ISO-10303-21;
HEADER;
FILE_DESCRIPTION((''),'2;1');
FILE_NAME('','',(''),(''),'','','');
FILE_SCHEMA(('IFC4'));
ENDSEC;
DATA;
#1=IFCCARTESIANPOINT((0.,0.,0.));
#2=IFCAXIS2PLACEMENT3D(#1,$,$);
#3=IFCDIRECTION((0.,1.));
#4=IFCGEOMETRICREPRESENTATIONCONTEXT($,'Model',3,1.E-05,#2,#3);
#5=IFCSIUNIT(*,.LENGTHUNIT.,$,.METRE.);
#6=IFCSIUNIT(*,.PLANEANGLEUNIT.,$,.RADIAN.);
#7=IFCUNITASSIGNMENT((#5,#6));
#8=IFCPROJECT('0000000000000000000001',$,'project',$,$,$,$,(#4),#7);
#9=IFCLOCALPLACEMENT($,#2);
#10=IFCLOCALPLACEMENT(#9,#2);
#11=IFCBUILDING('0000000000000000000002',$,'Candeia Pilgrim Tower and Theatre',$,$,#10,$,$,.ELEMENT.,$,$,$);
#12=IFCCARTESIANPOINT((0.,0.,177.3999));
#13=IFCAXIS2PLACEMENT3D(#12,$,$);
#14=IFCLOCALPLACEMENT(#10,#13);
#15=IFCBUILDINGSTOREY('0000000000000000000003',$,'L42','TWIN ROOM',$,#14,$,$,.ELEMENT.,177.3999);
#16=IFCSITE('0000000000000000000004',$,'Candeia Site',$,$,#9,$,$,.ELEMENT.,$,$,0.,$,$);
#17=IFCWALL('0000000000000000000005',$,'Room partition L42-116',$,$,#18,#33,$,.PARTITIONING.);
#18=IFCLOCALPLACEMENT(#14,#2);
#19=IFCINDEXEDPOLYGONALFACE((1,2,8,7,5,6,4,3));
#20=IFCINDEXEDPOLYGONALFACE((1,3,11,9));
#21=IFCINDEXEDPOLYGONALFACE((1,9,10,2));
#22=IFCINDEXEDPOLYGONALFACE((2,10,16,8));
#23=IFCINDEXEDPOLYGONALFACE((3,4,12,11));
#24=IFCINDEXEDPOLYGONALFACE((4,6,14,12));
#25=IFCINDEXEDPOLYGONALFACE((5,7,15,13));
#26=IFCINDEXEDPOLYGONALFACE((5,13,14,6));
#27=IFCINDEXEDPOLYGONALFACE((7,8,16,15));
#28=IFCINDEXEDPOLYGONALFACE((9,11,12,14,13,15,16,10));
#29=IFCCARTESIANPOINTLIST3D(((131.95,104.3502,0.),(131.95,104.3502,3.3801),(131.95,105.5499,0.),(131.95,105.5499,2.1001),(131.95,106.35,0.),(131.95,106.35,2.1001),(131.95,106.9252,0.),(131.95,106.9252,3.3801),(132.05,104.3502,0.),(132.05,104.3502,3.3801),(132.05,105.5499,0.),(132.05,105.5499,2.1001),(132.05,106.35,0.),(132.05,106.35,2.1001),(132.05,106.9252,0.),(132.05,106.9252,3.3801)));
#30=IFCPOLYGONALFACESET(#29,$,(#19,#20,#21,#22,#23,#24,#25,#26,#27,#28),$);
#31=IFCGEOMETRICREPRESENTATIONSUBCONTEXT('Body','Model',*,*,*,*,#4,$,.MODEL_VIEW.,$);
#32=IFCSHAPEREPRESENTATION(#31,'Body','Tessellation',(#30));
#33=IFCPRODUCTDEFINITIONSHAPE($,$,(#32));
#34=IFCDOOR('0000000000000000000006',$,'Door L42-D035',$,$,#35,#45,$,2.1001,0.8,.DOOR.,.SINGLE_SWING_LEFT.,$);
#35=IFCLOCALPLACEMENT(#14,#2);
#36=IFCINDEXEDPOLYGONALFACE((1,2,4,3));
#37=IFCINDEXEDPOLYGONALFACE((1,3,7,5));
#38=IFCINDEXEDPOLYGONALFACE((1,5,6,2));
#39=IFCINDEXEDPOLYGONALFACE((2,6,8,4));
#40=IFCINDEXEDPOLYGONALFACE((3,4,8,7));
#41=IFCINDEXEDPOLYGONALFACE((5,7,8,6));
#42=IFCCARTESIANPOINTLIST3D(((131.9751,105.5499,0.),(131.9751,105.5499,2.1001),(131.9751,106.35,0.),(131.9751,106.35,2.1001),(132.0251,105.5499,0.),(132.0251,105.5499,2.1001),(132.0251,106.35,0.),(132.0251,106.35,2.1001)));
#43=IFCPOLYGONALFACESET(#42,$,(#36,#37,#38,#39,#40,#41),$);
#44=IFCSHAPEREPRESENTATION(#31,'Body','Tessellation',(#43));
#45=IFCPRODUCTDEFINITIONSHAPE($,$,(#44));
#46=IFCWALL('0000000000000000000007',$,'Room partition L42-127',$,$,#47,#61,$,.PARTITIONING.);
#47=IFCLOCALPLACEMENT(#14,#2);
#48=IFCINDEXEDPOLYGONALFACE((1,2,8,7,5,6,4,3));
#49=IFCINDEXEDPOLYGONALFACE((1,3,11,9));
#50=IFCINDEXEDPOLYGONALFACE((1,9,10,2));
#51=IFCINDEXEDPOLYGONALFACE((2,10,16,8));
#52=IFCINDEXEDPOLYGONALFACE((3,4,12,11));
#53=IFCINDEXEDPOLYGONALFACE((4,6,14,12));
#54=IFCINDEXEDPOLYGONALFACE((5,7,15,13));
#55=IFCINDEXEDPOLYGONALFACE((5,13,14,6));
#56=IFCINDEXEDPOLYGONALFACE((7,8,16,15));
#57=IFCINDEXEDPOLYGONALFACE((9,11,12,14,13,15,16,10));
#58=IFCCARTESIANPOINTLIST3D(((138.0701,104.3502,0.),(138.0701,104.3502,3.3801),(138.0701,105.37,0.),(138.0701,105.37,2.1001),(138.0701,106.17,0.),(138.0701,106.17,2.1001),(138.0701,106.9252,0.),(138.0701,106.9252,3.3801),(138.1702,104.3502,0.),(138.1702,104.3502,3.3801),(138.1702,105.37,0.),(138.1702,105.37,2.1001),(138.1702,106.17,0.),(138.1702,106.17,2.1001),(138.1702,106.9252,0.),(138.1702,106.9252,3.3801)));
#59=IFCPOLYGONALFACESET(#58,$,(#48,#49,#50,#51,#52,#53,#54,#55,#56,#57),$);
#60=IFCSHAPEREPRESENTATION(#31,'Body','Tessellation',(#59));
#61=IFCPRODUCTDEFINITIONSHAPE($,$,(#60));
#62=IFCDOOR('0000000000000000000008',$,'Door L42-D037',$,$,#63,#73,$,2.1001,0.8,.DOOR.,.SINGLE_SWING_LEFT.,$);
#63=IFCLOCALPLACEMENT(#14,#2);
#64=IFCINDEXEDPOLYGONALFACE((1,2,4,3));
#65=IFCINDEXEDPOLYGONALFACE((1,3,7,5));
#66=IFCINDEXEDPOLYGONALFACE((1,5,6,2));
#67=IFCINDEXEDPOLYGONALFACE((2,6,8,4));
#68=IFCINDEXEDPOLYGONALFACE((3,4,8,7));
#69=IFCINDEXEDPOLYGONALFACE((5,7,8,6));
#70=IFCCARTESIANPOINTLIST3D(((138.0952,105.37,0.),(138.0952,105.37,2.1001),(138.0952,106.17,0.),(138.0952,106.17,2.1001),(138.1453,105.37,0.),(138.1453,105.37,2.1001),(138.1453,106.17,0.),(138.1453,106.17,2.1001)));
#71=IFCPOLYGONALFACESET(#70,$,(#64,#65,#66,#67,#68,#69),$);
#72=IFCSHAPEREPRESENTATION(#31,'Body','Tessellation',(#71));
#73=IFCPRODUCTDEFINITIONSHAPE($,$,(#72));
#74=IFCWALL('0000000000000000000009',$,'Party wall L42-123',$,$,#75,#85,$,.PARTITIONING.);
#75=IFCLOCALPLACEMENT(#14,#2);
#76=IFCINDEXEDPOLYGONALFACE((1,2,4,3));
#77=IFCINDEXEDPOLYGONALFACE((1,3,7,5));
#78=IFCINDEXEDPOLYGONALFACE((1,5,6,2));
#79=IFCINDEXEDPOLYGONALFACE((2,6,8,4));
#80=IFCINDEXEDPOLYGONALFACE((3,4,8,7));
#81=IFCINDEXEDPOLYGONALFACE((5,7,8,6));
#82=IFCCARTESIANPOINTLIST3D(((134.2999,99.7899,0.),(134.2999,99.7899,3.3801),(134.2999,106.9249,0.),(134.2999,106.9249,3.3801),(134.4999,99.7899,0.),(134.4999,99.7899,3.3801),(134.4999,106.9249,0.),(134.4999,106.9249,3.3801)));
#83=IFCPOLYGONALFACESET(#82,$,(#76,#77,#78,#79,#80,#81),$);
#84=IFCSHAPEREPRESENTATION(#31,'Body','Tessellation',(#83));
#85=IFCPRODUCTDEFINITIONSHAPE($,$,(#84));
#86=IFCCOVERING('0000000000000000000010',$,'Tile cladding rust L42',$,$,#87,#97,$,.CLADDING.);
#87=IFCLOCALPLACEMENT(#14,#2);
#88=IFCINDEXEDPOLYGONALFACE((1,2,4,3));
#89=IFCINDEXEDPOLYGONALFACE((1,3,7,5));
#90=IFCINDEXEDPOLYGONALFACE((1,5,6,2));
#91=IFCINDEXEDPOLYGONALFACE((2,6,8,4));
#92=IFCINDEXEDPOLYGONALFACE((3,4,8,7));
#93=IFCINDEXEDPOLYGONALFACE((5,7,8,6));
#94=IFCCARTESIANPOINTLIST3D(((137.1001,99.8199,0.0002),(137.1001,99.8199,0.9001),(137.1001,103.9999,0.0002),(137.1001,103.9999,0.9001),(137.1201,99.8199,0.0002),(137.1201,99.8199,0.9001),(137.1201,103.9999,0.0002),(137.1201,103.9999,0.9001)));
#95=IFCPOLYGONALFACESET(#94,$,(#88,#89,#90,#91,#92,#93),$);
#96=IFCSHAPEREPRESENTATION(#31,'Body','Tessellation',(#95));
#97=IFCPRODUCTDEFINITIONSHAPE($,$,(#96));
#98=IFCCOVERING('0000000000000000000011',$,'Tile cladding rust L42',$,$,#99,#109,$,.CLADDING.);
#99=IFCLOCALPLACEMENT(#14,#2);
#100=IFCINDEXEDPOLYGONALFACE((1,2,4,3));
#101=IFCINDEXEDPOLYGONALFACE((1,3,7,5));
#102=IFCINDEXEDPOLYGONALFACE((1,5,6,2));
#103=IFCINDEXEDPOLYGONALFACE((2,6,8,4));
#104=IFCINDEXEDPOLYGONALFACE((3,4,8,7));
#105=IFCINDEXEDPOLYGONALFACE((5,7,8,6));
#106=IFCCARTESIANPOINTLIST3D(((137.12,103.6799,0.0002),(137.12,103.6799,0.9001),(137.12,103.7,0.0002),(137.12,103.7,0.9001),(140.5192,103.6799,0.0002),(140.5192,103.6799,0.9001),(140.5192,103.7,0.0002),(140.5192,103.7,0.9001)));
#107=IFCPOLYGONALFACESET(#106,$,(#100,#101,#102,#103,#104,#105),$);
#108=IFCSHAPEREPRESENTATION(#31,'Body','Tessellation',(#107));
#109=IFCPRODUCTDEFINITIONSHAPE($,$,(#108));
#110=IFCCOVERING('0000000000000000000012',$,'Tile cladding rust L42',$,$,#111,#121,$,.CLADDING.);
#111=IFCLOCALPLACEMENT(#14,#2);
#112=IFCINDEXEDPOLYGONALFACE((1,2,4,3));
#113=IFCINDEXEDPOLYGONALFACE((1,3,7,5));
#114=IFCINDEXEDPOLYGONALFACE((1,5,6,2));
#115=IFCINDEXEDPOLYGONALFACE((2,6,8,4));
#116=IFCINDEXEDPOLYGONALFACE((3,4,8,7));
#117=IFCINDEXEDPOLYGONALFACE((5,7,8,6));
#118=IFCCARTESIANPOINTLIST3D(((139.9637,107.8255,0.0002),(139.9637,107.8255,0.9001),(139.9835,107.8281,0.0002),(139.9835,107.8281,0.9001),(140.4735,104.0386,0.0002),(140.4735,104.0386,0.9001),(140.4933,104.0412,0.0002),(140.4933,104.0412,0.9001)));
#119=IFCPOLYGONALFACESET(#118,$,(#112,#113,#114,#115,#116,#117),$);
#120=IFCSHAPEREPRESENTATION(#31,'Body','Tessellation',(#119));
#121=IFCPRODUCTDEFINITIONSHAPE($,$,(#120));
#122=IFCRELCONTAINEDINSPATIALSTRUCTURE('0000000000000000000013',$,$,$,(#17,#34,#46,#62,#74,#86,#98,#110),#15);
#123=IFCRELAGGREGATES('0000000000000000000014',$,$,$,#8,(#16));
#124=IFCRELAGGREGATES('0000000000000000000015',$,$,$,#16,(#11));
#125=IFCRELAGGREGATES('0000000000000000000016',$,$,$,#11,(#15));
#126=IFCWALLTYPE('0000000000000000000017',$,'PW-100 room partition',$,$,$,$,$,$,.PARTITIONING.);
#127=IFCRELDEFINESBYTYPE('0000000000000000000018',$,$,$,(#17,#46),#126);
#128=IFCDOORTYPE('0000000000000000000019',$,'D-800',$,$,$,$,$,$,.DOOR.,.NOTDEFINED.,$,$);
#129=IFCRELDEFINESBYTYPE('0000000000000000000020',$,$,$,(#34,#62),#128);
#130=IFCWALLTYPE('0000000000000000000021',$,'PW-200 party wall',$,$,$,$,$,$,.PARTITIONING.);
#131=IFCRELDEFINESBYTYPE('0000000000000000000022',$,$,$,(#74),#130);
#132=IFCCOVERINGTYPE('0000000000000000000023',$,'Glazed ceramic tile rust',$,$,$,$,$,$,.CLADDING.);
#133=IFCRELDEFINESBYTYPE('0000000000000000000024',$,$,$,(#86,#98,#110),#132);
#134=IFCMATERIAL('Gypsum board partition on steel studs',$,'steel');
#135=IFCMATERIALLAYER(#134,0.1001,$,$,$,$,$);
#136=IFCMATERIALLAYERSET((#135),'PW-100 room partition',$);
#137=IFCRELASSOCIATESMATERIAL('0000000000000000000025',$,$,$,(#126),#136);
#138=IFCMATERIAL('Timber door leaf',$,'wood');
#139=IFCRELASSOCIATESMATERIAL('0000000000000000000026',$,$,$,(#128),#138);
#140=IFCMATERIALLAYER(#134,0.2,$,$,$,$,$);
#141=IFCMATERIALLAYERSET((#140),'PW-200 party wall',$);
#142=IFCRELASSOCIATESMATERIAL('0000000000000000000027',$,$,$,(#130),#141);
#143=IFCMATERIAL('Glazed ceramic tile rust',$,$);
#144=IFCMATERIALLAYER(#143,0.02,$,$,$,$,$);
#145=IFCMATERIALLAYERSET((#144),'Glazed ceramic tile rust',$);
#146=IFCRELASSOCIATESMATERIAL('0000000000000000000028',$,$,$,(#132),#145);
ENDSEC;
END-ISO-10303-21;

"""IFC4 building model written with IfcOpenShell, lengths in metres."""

from ifc_helpers import new_model, si_unit, direction, frame, frame_2d, origin, origin_2d, place, context, subcontext, project, spatial, rectangle, extrude, material, layer, layer_set, type_object, element, fill, save


model = new_model("IFC4")

# Units and contexts
model_context = context("Model", 3, precision=1e-05, world=origin(), true_north=direction((0.0, 1.0)))
body_context = subcontext(model_context, "Body", "Model", "MODEL_VIEW")
ifc_project = project(units=[si_unit("LENGTHUNIT", "METRE"), si_unit("PLANEANGLEUNIT", "RADIAN")], contexts=[model_context])

# Site, building, storey
site_placement = place(None, origin())
site = spatial("IfcSite", under=ifc_project, at=site_placement, Name="Candeia Site", CompositionType="ELEMENT", RefElevation=0.0)
building_placement = place(site_placement, origin())
building = spatial("IfcBuilding", under=site, at=building_placement, Name="Candeia Pilgrim Tower and Theatre", CompositionType="ELEMENT")
storey_placement = place(building_placement, frame((0.0, 0.0, 177.3999)))
storey = spatial("IfcBuildingStorey", under=building, at=storey_placement, Name="L42", Description="TWIN ROOM", CompositionType="ELEMENT", Elevation=177.3999)

# Shared definitions
ifc_material_1 = material(Name="Gypsum board partition on steel studs", Category="steel")
ifc_layer_1 = layer(ifc_material_1, 0.1001)
ifc_layer_set_1 = layer_set([ifc_layer_1], Name="PW-100 room partition")
wall_type_1 = type_object("IfcWallType", Name="PW-100 room partition", PredefinedType="PARTITIONING", material=ifc_layer_set_1)

# Walls, openings, doors
wall_1_placement = place(storey_placement, frame((132.0, 104.3501, 0.0), z_axis=(0.0, 0.0, 1.0), x_axis=(0.0, 1.0, 0.0)))
wall_1 = element("IfcWall", 1, at=wall_1_placement, inside=storey, type_object=wall_type_1, Name="Room partition L42-116", PredefinedType="PARTITIONING", context=body_context, shape_type="SweptSolid", body=[
    extrude(rectangle(XDim=2.575, YDim=0.1001, at=frame_2d((1.2876, 0.0))), origin(), (0.0, 0.0, 1.0), 3.3801),
])
opening_1_placement = place(wall_1_placement, frame((1.2, 0.0, 0.0)))
opening_1 = element("IfcOpeningElement", 2, at=opening_1_placement, cuts=wall_1, PredefinedType="OPENING", context=body_context, shape_type="SweptSolid", body=[
    extrude(rectangle(XDim=0.8, YDim=2.1001, at=frame_2d((0.3999, 1.05))), frame((0.0, 0.0601, 0.0), z_axis=(0.0, -1.0, 0.0), x_axis=(1.0, 0.0, 0.0)), (0.0, 0.0, 1.0), 0.1201),
])
ifc_material_2 = material(Name="Timber door leaf", Category="wood")
door_type_1 = type_object("IfcDoorType", Name="D-800", OperationType="NOTDEFINED", PredefinedType="DOOR", material=ifc_material_2)
door_1_placement = place(opening_1_placement, origin())
door_1 = element("IfcDoor", 3, at=door_1_placement, inside=storey, type_object=door_type_1, Name="Door L42-D035", OperationType="SINGLE_SWING_LEFT", OverallHeight=2.1001, OverallWidth=0.8, PredefinedType="DOOR", context=body_context, shape_type="SweptSolid", body=[
    extrude(rectangle(XDim=0.8, YDim=2.1001, at=frame_2d((0.3999, 1.05))), frame((0.0, 0.0249, 0.0), z_axis=(0.0, -1.0, 0.0), x_axis=(1.0, 0.0, 0.0)), (0.0, 0.0, 1.0), 0.05),
])
fill(opening_1, door_1)
wall_2_placement = place(storey_placement, frame((138.1201, 104.3501, 0.0), z_axis=(0.0, 0.0, 1.0), x_axis=(0.0, 1.0, 0.0)))
wall_2 = element("IfcWall", 4, at=wall_2_placement, inside=storey, type_object=wall_type_1, Name="Room partition L42-127", PredefinedType="PARTITIONING", context=body_context, shape_type="SweptSolid", body=[
    extrude(rectangle(XDim=2.575, YDim=0.1001, at=frame_2d((1.2876, 0.0))), origin(), (0.0, 0.0, 1.0), 3.3801),
])
opening_2_placement = place(wall_2_placement, frame((1.02, 0.0, 0.0)))
opening_2 = element("IfcOpeningElement", 5, at=opening_2_placement, cuts=wall_2, PredefinedType="OPENING", context=body_context, shape_type="SweptSolid", body=[
    extrude(rectangle(XDim=0.8, YDim=2.1001, at=frame_2d((0.3999, 1.05))), frame((0.0, 0.0601, 0.0), z_axis=(0.0, -1.0, 0.0), x_axis=(1.0, 0.0, 0.0)), (0.0, 0.0, 1.0), 0.1201),
])
door_2_placement = place(opening_2_placement, origin())
door_2 = element("IfcDoor", 6, at=door_2_placement, inside=storey, type_object=door_type_1, Name="Door L42-D037", OperationType="SINGLE_SWING_LEFT", OverallHeight=2.1001, OverallWidth=0.8, PredefinedType="DOOR", context=body_context, shape_type="SweptSolid", body=[
    extrude(rectangle(XDim=0.8, YDim=2.1001, at=frame_2d((0.3999, 1.05))), frame((0.0, 0.0249, 0.0), z_axis=(0.0, -1.0, 0.0), x_axis=(1.0, 0.0, 0.0)), (0.0, 0.0, 1.0), 0.05),
])
fill(opening_2, door_2)

# Wall
ifc_layer_2 = layer(ifc_material_1, 0.2)
ifc_layer_set_2 = layer_set([ifc_layer_2], Name="PW-200 party wall")
wall_type_2 = type_object("IfcWallType", Name="PW-200 party wall", PredefinedType="PARTITIONING", material=ifc_layer_set_2)
wall_3_placement = place(storey_placement, frame((134.3999, 99.79, 0.0), z_axis=(0.0, 0.0, 1.0), x_axis=(0.0, 1.0, 0.0)))
element("IfcWall", 7, at=wall_3_placement, inside=storey, type_object=wall_type_2, Name="Party wall L42-123", PredefinedType="PARTITIONING", context=body_context, shape_type="SweptSolid", body=[
    extrude(rectangle(XDim=7.135, YDim=0.2, at=frame_2d((3.5674, 0.0))), origin(), (0.0, 0.0, 1.0), 3.3801),
])

# Coverings
ifc_material_3 = material(Name="Glazed ceramic tile rust")
ifc_layer_3 = layer(ifc_material_3, 0.02)
ifc_layer_set_3 = layer_set([ifc_layer_3], Name="Glazed ceramic tile rust")
covering_type = type_object("IfcCoveringType", Name="Glazed ceramic tile rust", PredefinedType="CLADDING", material=ifc_layer_set_3)
covering_1_placement = place(storey_placement, frame((137.1101, 101.9099, 0.0002), z_axis=(0.0, 0.0, 1.0), x_axis=(0.0, 1.0, 0.0)))
element("IfcCovering", 8, at=covering_1_placement, inside=storey, type_object=covering_type, Name="Tile cladding rust L42", PredefinedType="CLADDING", context=body_context, shape_type="SweptSolid", body=[
    extrude(rectangle(XDim=4.1799, YDim=0.02, at=origin_2d()), origin(), (0.0, 0.0, 1.0), 0.8999),
])
covering_2_placement = place(storey_placement, frame((138.8196, 103.6899, 0.0002), z_axis=(0.0, 0.0, 1.0), x_axis=(1.0, 0.0, 0.0)))
element("IfcCovering", 9, at=covering_2_placement, inside=storey, type_object=covering_type, Name="Tile cladding rust L42", PredefinedType="CLADDING", context=body_context, shape_type="SweptSolid", body=[
    extrude(rectangle(XDim=3.3992, YDim=0.02, at=origin_2d()), origin(), (0.0, 0.0, 1.0), 0.8999),
])
covering_3_placement = place(storey_placement, frame((140.2285, 105.9333, 0.0002), z_axis=(0.0, 0.0, 1.0), x_axis=(-0.133412, 0.991061, 0.0)))
element("IfcCovering", 10, at=covering_3_placement, inside=storey, type_object=covering_type, Name="Tile cladding rust L42", PredefinedType="CLADDING", context=body_context, shape_type="SweptSolid", body=[
    extrude(rectangle(XDim=3.821, YDim=0.02, at=origin_2d()), origin(), (0.0, 0.0, 1.0), 0.8999),
])

save(model, "model.ifc")
